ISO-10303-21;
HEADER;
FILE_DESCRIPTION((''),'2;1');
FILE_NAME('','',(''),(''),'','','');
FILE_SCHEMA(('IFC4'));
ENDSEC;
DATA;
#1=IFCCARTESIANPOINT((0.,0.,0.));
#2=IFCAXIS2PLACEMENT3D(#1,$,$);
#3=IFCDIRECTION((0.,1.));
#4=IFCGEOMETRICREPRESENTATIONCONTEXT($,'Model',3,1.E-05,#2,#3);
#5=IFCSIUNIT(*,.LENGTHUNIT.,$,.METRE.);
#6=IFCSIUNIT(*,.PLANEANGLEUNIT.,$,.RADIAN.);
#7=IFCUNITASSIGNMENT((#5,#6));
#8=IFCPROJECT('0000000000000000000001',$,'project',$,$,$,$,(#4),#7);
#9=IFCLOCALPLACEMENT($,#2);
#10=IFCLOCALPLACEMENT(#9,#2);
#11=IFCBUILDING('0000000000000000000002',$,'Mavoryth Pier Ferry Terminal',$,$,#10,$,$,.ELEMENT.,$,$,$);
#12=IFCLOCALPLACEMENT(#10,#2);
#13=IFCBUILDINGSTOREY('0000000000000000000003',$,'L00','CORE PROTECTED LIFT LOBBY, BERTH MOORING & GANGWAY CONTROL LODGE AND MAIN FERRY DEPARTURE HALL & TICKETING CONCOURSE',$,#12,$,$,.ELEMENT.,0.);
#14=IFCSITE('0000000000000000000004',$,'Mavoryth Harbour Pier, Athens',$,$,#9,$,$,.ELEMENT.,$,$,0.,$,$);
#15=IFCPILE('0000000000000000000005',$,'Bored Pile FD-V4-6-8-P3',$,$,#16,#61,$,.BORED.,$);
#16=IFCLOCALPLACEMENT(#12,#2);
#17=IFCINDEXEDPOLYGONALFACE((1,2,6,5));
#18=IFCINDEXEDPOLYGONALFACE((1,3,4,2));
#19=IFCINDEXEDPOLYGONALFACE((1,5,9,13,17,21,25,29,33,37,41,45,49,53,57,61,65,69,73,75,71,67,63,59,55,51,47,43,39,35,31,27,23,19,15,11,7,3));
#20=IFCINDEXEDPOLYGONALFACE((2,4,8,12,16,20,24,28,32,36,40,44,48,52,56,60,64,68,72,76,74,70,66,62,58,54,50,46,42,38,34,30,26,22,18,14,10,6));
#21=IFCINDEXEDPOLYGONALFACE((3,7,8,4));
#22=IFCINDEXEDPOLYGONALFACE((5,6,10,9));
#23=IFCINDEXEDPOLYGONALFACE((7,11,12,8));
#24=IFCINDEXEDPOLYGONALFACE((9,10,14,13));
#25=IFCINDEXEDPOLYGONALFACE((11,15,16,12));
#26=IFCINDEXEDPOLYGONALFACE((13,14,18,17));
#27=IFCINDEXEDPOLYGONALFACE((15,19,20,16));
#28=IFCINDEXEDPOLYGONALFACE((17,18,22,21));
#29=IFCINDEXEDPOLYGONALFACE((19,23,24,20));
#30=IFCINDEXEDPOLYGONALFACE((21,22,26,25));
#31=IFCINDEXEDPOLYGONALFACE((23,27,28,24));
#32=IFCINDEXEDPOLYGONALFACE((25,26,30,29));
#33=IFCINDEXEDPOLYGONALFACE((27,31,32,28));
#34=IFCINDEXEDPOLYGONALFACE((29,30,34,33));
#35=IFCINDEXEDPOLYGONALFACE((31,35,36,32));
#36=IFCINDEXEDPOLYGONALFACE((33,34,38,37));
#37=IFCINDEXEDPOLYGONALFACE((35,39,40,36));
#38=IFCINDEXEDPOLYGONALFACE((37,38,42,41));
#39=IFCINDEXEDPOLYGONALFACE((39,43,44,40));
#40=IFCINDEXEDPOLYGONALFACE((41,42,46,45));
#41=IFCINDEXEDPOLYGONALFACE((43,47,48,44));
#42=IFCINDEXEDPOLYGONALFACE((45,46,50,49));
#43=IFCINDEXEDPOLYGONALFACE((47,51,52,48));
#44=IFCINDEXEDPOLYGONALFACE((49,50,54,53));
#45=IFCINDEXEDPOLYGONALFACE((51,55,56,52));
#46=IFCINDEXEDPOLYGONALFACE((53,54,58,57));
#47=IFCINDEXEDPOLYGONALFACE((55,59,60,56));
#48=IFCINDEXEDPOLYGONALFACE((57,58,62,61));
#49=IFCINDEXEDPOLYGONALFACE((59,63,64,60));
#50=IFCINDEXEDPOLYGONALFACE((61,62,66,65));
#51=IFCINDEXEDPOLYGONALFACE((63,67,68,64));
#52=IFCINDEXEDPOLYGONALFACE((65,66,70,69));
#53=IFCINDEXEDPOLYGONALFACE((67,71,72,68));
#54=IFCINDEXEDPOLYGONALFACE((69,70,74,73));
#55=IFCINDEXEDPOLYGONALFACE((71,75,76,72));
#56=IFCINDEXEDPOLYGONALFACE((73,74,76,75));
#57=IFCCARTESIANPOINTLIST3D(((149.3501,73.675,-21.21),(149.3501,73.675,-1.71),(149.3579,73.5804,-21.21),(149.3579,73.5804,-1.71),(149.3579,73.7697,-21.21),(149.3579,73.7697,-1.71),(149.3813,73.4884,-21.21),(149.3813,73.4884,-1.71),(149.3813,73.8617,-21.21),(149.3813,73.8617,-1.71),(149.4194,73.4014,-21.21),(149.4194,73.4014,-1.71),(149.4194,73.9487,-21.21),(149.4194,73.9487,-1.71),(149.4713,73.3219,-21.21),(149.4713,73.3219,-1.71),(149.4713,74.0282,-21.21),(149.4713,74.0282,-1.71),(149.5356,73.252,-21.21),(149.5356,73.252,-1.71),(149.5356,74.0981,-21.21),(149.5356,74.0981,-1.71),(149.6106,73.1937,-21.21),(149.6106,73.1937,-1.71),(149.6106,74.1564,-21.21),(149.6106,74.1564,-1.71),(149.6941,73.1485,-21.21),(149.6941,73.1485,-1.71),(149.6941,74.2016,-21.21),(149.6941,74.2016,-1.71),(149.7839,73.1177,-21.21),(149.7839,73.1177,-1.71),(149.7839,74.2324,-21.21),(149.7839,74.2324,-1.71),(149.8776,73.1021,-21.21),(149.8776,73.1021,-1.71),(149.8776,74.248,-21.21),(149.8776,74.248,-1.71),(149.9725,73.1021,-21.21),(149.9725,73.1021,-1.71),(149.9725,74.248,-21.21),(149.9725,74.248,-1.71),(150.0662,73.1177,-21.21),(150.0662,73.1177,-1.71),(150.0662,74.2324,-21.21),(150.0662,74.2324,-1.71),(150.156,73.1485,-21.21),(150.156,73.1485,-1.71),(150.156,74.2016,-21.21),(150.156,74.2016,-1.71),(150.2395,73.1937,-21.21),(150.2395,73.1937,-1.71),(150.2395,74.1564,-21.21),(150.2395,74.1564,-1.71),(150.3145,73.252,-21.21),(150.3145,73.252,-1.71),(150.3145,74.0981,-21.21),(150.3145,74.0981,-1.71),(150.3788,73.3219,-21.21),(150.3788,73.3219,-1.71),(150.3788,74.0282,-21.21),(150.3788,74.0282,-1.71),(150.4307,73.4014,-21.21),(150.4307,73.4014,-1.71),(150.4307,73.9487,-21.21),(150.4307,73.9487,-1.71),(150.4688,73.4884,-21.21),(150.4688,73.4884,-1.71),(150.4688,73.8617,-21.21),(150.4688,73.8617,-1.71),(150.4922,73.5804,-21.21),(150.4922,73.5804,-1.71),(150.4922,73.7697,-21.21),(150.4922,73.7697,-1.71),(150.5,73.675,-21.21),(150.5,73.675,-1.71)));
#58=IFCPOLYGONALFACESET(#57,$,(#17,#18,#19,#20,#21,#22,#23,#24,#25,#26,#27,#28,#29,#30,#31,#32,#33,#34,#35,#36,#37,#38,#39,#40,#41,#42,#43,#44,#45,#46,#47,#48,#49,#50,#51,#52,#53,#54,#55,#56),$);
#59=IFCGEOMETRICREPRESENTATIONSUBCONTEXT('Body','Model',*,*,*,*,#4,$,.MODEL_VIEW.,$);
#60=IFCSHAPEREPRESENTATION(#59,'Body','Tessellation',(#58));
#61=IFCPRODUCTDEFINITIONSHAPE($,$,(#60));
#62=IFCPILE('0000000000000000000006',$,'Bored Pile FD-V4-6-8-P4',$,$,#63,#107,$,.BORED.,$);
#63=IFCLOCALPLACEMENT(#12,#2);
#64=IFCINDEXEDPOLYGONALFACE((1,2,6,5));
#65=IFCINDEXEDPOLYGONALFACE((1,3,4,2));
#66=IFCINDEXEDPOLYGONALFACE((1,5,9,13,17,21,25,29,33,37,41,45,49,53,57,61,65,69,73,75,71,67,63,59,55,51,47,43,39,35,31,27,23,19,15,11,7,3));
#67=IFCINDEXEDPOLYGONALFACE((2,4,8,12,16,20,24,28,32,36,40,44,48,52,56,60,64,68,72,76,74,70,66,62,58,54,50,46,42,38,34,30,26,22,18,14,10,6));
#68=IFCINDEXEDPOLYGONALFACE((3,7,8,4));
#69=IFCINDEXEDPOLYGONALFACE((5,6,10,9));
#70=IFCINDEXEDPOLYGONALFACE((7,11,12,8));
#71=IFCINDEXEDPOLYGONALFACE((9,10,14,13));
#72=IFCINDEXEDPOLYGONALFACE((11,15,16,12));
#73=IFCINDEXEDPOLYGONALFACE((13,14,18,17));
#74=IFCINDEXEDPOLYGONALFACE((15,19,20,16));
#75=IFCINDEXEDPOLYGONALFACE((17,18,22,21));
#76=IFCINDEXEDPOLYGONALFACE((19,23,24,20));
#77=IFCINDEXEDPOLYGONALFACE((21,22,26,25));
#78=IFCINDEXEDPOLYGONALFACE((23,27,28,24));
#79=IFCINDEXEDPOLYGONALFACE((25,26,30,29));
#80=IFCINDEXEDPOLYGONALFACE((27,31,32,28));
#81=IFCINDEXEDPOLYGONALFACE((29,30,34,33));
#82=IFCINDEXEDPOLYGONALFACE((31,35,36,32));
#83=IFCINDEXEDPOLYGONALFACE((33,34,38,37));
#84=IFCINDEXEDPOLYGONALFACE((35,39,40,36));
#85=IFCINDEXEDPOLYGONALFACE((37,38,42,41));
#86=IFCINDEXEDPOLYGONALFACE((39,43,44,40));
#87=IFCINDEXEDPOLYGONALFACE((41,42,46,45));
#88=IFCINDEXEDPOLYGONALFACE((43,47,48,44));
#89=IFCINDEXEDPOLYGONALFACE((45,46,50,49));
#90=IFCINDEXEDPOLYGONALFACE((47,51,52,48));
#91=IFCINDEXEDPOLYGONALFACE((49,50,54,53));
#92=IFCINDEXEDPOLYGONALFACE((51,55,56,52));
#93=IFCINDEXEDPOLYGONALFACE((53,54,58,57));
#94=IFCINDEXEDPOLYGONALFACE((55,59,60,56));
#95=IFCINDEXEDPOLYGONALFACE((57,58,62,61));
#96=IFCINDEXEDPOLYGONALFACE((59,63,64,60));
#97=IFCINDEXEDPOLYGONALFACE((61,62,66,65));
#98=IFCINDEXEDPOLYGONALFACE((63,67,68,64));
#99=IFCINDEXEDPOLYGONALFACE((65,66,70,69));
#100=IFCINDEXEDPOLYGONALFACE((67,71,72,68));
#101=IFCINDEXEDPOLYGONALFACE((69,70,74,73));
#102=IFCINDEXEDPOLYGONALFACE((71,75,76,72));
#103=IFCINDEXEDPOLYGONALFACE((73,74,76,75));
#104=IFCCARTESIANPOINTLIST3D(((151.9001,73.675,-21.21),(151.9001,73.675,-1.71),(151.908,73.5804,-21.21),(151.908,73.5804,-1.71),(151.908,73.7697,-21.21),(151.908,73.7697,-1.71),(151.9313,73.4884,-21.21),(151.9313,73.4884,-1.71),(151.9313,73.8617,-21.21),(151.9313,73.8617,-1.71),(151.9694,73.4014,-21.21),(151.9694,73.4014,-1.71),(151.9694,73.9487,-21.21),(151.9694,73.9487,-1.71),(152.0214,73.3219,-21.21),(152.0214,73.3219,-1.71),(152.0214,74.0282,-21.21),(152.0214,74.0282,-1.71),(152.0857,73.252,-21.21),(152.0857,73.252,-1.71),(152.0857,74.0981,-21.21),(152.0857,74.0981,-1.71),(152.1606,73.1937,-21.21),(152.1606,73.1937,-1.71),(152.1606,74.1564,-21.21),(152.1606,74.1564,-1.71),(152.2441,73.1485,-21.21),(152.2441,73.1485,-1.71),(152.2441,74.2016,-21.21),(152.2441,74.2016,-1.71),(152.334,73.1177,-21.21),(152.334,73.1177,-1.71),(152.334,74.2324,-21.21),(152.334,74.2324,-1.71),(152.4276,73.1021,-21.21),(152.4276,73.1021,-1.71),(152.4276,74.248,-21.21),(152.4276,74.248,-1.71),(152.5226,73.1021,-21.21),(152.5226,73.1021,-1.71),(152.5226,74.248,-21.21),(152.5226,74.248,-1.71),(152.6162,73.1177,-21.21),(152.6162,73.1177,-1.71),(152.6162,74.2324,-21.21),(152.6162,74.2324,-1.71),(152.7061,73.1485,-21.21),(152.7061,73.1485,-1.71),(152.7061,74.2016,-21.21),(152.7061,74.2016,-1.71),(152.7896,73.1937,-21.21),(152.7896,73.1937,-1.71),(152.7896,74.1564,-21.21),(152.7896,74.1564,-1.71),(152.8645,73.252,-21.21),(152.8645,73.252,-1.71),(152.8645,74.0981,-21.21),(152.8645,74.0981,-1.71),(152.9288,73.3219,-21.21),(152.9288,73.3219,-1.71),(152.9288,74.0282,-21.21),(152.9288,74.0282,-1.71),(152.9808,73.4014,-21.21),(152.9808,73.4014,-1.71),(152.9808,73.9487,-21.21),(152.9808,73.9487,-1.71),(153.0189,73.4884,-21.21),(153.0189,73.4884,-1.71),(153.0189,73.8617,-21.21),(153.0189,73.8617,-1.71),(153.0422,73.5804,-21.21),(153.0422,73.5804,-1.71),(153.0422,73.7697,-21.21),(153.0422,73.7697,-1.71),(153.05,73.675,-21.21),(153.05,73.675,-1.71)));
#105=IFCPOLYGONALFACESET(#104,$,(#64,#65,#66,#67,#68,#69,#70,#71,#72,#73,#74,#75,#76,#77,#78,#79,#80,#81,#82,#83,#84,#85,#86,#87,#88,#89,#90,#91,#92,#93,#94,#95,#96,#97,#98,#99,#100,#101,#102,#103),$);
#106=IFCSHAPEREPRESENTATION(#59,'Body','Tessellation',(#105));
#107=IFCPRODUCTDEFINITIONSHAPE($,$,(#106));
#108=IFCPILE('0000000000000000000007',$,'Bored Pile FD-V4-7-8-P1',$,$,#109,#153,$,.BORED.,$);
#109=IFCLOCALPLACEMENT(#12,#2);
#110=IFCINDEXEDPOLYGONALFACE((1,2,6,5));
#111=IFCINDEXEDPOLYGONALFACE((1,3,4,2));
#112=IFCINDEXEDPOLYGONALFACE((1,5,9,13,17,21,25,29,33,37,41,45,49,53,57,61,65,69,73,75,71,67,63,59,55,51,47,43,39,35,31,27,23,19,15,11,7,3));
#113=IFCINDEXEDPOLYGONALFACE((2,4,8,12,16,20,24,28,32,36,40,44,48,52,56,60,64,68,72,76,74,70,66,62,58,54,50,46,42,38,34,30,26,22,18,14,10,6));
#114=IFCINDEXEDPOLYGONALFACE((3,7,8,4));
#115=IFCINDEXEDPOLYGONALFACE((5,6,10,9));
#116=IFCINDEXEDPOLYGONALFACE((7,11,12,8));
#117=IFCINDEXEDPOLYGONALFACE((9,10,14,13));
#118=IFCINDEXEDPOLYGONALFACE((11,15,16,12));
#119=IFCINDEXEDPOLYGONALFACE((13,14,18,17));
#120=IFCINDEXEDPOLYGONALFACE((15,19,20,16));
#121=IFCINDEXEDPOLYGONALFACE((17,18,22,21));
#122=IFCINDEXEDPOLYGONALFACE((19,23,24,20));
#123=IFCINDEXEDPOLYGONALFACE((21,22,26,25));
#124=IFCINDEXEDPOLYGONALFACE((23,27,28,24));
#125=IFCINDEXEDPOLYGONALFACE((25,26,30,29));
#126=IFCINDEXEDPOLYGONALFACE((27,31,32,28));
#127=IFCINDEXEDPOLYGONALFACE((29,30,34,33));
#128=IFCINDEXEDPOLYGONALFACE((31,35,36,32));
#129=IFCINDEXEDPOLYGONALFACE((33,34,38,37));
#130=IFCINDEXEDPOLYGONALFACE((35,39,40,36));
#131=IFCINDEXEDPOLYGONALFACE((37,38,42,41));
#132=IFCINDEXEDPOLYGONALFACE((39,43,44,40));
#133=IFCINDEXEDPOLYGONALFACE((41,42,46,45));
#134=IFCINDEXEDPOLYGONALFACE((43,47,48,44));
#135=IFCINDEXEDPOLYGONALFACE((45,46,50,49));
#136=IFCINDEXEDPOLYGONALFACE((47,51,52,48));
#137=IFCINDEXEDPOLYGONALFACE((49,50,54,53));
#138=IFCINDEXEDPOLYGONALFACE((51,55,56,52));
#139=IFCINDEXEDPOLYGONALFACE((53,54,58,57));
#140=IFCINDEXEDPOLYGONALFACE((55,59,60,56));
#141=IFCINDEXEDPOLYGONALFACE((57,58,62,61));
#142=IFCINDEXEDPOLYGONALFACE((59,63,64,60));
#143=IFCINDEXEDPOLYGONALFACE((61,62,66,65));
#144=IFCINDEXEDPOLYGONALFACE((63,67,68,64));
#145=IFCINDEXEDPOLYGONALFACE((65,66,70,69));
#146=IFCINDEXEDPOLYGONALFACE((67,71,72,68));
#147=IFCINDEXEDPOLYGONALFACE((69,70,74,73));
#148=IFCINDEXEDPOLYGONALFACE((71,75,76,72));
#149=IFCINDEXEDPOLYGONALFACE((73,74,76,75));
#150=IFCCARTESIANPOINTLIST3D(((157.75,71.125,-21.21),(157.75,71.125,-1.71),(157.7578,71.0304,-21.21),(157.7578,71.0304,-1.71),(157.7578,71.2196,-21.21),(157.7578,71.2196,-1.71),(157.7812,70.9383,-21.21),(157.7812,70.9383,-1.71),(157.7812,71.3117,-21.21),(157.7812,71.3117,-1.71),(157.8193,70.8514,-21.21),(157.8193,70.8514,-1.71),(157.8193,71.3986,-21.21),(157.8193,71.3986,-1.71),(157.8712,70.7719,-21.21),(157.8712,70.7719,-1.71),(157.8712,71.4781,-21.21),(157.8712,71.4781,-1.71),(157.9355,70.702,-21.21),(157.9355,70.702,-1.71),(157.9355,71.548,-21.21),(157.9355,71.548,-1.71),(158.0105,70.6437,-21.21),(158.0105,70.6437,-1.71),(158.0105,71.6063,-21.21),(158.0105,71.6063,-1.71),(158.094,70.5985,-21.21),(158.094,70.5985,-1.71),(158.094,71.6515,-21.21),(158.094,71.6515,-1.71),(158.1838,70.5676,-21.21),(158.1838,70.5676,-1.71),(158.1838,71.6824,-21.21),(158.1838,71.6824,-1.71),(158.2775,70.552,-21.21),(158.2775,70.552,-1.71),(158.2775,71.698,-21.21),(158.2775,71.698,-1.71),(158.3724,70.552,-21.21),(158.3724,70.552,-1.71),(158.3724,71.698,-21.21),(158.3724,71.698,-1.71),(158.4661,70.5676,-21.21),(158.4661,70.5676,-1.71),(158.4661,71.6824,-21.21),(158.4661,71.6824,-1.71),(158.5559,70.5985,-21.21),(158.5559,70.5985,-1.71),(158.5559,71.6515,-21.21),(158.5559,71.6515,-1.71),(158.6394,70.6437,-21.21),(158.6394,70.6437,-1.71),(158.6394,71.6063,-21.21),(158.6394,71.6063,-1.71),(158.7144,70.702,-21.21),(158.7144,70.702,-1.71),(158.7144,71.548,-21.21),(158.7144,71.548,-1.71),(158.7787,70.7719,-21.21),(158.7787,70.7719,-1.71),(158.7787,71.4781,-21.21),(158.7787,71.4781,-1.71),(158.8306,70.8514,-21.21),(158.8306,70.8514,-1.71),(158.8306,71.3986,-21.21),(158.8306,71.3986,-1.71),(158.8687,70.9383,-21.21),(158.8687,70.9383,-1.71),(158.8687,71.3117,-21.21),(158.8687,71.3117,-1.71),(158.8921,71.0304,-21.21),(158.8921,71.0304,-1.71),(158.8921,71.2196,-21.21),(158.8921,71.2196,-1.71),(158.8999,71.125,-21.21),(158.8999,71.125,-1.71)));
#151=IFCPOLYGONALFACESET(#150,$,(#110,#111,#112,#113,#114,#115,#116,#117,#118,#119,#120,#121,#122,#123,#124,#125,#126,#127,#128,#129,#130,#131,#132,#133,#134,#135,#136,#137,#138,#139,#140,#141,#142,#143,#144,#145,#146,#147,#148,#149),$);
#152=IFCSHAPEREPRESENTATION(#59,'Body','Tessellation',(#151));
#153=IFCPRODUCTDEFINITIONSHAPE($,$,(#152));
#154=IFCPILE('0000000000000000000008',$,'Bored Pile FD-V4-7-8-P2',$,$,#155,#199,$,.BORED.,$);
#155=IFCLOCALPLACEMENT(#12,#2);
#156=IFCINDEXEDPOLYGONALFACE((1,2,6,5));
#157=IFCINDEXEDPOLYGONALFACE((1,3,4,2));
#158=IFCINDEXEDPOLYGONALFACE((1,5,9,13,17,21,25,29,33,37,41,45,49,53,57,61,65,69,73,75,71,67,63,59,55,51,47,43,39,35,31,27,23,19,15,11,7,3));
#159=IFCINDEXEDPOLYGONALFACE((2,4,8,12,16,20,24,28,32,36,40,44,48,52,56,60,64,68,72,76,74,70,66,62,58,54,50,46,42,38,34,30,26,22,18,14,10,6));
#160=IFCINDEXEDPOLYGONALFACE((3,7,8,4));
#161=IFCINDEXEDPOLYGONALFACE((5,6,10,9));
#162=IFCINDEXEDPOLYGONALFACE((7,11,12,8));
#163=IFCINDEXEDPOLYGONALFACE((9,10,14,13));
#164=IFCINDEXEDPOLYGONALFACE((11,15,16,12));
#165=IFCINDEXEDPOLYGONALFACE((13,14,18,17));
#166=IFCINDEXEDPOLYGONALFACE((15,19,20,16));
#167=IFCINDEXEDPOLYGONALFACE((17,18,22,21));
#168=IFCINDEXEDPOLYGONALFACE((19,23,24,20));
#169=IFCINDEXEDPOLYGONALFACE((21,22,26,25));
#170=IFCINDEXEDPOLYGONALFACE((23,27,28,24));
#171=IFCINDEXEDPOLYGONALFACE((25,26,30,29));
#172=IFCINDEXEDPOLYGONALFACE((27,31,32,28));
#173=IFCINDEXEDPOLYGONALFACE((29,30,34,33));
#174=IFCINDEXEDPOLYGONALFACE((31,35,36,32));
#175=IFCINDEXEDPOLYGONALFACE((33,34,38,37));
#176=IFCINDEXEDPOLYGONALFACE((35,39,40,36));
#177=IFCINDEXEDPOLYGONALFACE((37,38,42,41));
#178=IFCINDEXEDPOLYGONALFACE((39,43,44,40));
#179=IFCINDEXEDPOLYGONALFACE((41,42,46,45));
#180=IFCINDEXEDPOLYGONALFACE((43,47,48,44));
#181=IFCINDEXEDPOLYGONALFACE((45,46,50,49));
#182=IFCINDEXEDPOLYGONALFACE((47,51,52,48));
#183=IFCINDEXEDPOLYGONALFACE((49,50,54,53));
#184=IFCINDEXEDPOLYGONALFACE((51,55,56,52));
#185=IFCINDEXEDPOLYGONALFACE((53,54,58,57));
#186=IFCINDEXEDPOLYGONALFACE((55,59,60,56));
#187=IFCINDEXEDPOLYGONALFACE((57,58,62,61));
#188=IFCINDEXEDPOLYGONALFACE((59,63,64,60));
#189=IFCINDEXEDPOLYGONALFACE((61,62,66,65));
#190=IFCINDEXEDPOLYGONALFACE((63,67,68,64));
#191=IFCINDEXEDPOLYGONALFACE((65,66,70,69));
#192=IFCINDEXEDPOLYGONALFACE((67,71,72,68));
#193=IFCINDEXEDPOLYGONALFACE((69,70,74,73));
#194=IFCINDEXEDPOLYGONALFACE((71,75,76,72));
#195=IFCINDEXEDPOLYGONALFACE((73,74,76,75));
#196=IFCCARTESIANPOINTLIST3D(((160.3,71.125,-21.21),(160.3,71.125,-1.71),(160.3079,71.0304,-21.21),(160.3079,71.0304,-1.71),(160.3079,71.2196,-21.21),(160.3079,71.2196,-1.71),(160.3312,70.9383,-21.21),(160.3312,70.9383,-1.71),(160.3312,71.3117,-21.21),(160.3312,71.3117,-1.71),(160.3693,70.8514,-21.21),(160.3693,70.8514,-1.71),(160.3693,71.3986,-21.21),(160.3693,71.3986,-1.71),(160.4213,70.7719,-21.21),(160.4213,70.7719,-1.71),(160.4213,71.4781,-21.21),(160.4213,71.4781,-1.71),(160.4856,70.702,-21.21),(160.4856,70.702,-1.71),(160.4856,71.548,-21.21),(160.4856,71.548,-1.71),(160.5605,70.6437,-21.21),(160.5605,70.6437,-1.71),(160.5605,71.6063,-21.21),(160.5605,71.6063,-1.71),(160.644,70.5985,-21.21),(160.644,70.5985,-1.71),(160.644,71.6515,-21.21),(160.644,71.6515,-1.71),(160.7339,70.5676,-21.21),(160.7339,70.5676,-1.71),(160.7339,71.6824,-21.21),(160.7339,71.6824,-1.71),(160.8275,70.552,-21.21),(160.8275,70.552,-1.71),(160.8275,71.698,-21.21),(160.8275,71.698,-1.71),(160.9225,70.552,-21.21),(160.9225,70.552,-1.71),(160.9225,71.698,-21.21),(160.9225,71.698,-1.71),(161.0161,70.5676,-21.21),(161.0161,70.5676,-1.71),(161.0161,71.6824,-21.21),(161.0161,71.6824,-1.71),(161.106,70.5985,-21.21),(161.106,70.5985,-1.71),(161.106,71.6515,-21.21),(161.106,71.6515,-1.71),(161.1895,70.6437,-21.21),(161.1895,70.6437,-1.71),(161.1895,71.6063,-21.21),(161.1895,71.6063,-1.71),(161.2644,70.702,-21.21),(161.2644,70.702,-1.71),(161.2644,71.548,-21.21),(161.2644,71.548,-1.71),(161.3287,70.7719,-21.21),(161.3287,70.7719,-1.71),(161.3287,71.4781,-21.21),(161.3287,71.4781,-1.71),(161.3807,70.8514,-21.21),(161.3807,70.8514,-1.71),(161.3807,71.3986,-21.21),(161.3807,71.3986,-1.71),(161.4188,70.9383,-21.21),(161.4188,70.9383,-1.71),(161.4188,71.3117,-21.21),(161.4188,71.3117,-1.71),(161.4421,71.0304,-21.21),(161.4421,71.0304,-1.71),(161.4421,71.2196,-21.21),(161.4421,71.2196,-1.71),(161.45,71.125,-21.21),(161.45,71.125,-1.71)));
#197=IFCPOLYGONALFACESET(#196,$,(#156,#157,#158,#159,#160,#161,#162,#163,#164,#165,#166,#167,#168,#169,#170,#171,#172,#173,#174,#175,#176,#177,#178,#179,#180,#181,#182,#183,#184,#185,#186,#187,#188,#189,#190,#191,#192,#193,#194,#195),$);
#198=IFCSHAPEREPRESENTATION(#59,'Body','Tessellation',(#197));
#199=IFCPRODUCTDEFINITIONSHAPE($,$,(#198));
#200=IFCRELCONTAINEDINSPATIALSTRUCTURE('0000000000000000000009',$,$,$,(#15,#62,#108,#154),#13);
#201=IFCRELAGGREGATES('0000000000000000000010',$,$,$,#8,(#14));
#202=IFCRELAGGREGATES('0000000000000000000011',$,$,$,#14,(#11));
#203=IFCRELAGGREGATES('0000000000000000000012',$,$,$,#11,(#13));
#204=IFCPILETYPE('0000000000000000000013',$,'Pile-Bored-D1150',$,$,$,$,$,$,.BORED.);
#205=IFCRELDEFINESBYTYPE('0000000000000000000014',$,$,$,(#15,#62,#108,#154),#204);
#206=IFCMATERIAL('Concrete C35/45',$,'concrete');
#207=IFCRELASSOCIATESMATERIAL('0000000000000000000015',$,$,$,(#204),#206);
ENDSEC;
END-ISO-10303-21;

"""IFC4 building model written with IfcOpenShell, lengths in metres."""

from ifc_helpers import new_model, si_unit, direction, frame, origin, origin_2d, place, context, subcontext, project, spatial, circle, extrude, material, material_profile, profile_set, type_object, element, save


model = new_model("IFC4")

# Units and contexts
model_context = context("Model", 3, precision=1e-05, world=origin(), true_north=direction((0.0, 1.0)))
body_context = subcontext(model_context, "Body", "Model", "MODEL_VIEW")
ifc_project = project(units=[si_unit("LENGTHUNIT", "METRE"), si_unit("PLANEANGLEUNIT", "RADIAN")], contexts=[model_context])

# Site, building, storey
site_placement = place(None, origin())
site = spatial("IfcSite", under=ifc_project, at=site_placement, Name="Mavoryth Harbour Pier, Athens", CompositionType="ELEMENT", RefElevation=0.0)
building_placement = place(site_placement, origin())
building = spatial("IfcBuilding", under=site, at=building_placement, Name="Mavoryth Pier Ferry Terminal", CompositionType="ELEMENT")
storey_placement = place(building_placement, origin())
storey = spatial("IfcBuildingStorey", under=building, at=storey_placement, Name="L00", Description="CORE PROTECTED LIFT LOBBY, BERTH MOORING & GANGWAY CONTROL LODGE AND MAIN FERRY DEPARTURE HALL & TICKETING CONCOURSE", CompositionType="ELEMENT", Elevation=0.0)

# Shared definitions
ifc_material_1 = material(Name="Concrete C35/45", Category="concrete")

# Piles
ifc_material_profile_1 = material_profile(ifc_material_1, circle(Radius=0.575, at=origin_2d()), Name="PILE D1150", Category="concrete")
ifc_profile_set_1 = profile_set([ifc_material_profile_1], Name="Concrete C35/45 - PILE D1150")
pile_type = type_object("IfcPileType", Name="Pile-Bored-D1150", PredefinedType="BORED", material=ifc_profile_set_1)
for number, where, z_axis, x_axis, name in (
    (1, (149.925, 73.675, -1.71), (0.0, 0.0, -1.0), (1.0, 0.0, 0.0), "Bored Pile FD-V4-6-8-P3"),
    (2, (152.4751, 73.675, -1.71), (0.0, 0.0, -1.0), (1.0, 0.0, 0.0), "Bored Pile FD-V4-6-8-P4"),
    (3, (158.325, 71.125, -1.71), (0.0, 0.0, -1.0), (1.0, 0.0, 0.0), "Bored Pile FD-V4-7-8-P1"),
    (4, (160.875, 71.125, -1.71), (0.0, 0.0, -1.0), (1.0, 0.0, 0.0), "Bored Pile FD-V4-7-8-P2"),
):
    element("IfcPile", number, at=place(storey_placement, frame(where, z_axis=z_axis, x_axis=x_axis)), inside=storey, type_object=pile_type, Name=name, PredefinedType="BORED", context=body_context, shape_type="SweptSolid", body=[
        extrude(circle(Radius=0.575, at=origin_2d()), origin(), (0.0, 0.0, 1.0), 19.5),
    ])

save(model, "model.ifc")
